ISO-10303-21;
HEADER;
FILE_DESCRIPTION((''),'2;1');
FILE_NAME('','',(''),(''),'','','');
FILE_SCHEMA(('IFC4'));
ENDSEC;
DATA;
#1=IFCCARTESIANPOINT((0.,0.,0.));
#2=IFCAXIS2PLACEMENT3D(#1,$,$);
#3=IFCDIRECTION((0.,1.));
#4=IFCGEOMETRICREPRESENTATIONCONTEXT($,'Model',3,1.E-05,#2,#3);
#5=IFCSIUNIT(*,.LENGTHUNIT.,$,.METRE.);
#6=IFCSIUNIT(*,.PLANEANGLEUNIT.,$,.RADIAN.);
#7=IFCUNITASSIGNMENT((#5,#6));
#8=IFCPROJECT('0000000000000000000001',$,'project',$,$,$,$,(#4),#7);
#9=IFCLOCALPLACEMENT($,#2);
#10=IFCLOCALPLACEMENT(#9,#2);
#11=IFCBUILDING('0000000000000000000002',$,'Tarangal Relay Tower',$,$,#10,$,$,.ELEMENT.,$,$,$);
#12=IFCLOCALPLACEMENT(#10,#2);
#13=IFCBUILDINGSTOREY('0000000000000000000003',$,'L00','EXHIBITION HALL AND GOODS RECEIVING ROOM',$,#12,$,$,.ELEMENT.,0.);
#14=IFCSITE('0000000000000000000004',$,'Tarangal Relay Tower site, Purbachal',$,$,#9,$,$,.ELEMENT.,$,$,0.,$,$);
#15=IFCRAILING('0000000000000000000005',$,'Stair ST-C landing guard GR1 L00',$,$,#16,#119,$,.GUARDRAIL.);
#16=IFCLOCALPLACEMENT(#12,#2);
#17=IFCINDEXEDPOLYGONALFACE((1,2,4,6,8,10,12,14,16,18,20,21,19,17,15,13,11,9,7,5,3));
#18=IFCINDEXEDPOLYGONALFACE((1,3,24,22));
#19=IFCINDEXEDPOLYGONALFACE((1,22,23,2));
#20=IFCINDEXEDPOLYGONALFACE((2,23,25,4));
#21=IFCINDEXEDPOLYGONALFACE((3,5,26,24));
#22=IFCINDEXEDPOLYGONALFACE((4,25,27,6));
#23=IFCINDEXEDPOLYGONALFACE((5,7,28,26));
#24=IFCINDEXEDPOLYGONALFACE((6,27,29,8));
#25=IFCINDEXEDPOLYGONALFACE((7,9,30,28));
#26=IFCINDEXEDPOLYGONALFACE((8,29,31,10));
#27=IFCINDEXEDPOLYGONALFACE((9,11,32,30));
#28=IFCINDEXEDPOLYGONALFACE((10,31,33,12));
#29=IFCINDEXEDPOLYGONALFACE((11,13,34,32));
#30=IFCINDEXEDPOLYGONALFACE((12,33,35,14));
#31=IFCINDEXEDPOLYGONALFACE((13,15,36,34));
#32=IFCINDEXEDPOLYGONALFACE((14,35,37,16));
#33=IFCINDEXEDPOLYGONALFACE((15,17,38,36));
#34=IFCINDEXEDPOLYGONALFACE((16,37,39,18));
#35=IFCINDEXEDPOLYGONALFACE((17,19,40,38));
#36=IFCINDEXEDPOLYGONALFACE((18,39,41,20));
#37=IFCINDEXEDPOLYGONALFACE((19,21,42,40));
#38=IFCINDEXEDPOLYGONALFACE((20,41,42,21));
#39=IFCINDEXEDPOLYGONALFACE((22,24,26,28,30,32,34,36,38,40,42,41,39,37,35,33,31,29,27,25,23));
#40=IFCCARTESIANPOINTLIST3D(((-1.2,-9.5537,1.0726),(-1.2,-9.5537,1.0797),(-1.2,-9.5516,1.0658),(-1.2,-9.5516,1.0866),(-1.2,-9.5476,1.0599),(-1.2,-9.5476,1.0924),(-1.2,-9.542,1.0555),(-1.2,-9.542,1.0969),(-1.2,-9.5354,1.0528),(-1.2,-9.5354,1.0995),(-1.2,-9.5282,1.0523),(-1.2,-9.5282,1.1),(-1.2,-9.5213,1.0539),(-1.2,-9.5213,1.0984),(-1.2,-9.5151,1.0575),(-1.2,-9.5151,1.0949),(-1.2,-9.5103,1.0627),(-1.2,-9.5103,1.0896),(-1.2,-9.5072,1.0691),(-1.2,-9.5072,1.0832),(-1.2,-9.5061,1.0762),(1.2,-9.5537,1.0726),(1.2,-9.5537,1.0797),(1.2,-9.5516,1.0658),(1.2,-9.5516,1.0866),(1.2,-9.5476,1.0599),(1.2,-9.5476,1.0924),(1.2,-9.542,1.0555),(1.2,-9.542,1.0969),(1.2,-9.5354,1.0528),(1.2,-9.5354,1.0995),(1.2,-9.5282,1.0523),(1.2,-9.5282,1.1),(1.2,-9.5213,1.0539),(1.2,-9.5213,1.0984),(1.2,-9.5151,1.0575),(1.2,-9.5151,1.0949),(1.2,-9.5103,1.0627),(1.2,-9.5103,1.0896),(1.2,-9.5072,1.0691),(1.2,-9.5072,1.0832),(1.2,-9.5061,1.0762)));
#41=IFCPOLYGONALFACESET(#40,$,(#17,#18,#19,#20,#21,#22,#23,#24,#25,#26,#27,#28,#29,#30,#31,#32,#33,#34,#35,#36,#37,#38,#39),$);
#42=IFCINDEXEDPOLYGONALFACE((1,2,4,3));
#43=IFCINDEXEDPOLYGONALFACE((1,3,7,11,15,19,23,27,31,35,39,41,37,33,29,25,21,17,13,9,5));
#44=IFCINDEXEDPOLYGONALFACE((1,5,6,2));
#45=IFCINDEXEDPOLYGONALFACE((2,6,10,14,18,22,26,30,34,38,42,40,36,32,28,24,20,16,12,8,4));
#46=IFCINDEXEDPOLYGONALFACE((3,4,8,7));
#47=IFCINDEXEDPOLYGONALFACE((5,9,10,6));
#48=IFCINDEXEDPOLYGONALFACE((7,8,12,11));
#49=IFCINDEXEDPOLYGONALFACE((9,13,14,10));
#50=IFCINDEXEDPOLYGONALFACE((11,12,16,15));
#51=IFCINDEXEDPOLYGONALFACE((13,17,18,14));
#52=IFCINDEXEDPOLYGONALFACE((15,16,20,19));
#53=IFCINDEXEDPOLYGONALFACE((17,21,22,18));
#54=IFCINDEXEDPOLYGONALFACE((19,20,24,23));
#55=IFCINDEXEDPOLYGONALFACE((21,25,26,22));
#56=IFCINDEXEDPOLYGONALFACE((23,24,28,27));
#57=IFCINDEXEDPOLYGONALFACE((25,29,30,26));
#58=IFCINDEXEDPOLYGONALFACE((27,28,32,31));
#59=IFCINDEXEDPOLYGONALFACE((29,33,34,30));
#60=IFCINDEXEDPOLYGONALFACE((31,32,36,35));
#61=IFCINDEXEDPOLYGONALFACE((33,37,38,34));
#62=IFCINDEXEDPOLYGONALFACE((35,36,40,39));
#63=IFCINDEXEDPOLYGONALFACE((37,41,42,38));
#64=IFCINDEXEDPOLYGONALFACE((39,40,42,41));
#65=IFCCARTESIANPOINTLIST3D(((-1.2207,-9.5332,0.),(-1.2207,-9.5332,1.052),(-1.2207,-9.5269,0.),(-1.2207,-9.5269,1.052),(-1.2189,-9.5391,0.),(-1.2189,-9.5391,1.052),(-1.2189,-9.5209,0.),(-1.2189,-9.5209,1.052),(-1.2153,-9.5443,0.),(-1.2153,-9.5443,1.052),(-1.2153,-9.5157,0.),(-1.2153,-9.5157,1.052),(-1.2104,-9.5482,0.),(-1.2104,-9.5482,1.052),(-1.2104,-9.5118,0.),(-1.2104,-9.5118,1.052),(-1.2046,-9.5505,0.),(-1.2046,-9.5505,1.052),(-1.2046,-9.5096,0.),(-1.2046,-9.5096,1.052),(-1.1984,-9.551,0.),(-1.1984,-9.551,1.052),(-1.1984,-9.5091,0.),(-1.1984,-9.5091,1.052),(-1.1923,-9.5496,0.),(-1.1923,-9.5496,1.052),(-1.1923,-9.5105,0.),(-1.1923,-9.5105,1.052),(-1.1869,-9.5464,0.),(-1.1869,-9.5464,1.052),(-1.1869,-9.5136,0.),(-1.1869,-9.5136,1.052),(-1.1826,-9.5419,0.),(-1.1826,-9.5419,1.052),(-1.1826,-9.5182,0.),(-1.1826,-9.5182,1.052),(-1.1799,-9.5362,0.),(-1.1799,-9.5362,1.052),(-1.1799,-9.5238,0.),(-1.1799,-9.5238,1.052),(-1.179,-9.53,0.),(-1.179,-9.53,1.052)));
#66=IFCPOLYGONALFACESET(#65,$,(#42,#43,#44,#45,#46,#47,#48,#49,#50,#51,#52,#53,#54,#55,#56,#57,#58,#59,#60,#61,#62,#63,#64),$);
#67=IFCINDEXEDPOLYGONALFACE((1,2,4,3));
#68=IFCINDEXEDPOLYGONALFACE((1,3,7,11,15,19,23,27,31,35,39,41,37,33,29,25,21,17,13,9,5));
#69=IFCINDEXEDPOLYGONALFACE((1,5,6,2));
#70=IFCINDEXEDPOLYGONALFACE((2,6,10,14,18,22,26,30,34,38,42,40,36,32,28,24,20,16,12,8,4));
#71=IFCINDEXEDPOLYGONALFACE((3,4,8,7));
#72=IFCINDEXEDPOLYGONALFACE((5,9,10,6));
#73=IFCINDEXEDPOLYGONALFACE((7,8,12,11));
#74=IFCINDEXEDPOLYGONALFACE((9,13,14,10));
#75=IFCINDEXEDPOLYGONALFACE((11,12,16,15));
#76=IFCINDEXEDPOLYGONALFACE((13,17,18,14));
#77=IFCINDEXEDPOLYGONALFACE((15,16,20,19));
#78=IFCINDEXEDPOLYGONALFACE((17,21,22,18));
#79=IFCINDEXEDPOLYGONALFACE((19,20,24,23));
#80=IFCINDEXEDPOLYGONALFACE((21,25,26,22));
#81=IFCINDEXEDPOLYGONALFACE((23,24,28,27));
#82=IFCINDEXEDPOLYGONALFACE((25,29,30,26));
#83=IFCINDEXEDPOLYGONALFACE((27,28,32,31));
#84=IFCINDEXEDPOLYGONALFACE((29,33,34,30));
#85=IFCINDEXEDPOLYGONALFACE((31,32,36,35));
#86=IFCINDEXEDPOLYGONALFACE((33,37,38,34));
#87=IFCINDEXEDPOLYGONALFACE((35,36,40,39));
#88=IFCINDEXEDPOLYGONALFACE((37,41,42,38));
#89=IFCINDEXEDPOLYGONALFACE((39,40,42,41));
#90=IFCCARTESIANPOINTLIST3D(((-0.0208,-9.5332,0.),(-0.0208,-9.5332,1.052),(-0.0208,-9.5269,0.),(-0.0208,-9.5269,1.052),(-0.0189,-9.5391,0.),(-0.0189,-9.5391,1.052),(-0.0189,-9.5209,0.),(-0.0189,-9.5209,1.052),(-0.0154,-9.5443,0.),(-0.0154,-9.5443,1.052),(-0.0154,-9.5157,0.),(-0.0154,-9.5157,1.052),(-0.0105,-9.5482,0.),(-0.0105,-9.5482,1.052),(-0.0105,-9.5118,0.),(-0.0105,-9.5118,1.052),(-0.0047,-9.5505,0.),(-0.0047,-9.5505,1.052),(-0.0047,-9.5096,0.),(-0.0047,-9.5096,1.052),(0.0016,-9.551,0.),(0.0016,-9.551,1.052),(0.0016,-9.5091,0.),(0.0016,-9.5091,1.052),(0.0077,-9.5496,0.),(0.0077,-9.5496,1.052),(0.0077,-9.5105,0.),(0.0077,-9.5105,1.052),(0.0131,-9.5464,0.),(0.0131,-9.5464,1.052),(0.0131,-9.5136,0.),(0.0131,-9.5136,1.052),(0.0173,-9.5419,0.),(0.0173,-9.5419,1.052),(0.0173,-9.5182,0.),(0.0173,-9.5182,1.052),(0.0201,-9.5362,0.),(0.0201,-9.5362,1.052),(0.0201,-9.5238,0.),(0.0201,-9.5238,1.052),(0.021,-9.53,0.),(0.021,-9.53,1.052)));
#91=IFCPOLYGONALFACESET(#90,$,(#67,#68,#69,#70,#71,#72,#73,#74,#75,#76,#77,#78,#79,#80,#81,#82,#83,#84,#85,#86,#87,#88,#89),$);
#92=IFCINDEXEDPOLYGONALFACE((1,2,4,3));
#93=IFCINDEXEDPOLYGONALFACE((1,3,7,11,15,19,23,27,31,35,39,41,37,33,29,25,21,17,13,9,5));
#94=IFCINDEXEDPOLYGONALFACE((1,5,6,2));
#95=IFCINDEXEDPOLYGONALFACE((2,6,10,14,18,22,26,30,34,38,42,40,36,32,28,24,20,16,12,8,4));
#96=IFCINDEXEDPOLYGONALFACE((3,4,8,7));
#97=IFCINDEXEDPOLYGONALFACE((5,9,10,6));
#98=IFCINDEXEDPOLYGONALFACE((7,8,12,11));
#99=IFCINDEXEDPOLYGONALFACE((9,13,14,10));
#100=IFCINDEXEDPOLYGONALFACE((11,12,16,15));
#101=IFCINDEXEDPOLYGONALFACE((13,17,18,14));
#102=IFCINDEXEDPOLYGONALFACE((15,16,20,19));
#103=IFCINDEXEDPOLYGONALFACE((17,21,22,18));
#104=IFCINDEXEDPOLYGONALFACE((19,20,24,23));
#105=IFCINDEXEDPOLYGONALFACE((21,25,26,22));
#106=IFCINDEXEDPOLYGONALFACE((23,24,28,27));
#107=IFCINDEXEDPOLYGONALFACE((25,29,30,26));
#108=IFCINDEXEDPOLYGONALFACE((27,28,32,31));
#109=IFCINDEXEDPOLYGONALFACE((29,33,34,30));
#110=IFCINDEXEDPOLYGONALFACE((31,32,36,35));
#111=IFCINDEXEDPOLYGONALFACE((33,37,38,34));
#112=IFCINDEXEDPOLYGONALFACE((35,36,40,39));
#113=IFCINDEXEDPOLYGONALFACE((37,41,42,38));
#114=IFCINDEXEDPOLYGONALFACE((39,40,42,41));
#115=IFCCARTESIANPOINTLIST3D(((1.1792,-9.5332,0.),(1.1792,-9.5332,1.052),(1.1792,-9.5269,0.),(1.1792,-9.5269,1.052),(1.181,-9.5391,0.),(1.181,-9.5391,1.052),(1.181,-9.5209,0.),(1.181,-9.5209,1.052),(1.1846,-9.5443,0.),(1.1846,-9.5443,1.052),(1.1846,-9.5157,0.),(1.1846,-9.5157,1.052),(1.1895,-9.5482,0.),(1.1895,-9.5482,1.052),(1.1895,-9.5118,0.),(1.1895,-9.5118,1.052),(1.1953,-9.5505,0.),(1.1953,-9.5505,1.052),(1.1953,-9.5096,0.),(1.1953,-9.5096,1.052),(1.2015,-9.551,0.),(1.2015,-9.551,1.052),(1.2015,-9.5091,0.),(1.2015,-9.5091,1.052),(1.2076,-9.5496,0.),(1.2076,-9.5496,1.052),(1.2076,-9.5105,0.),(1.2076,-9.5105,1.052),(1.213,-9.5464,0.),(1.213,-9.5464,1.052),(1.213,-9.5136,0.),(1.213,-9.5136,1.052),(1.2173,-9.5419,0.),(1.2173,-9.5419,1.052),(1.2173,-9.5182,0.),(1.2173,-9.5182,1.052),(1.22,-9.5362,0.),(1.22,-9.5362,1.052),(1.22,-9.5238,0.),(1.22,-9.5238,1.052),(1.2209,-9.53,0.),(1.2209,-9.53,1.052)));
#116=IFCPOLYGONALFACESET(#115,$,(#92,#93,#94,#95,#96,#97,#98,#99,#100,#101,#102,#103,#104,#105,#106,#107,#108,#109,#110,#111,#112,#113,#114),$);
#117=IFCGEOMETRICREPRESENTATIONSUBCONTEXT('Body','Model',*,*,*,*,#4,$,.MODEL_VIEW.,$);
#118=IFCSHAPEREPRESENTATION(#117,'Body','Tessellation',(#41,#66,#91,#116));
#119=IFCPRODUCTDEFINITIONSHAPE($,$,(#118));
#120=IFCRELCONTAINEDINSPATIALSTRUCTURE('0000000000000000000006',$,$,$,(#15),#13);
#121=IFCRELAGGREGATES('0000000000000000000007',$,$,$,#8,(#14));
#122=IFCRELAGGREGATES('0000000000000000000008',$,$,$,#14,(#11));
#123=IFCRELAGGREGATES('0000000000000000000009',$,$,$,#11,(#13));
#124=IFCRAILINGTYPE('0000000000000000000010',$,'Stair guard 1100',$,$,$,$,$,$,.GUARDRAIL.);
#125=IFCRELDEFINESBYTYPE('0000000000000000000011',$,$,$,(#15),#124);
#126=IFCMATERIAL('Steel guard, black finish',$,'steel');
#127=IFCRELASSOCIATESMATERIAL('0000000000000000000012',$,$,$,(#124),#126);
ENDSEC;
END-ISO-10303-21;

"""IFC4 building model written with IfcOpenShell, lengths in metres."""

from ifc_helpers import new_model, si_unit, direction, frame, origin, origin_2d, place, context, subcontext, project, spatial, circle, extrude, material, type_object, element, save


model = new_model("IFC4")

# Units and contexts
model_context = context("Model", 3, precision=1e-05, world=origin(), true_north=direction((0.0, 1.0)))
body_context = subcontext(model_context, "Body", "Model", "MODEL_VIEW")
ifc_project = project(units=[si_unit("LENGTHUNIT", "METRE"), si_unit("PLANEANGLEUNIT", "RADIAN")], contexts=[model_context])

# Site, building, storey
site_placement = place(None, origin())
site = spatial("IfcSite", under=ifc_project, at=site_placement, Name="Tarangal Relay Tower site, Purbachal", CompositionType="ELEMENT", RefElevation=0.0)
building_placement = place(site_placement, origin())
building = spatial("IfcBuilding", under=site, at=building_placement, Name="Tarangal Relay Tower", CompositionType="ELEMENT")
storey_placement = place(building_placement, origin())
storey = spatial("IfcBuildingStorey", under=building, at=storey_placement, Name="L00", Description="EXHIBITION HALL AND GOODS RECEIVING ROOM", CompositionType="ELEMENT", Elevation=0.0)

# Railing
ifc_material_1 = material(Name="Steel guard, black finish", Category="steel")
railing_type = type_object("IfcRailingType", Name="Stair guard 1100", PredefinedType="GUARDRAIL", material=ifc_material_1)
railing_placement = place(storey_placement, frame((-1.2, -9.53, 0.0)))
element("IfcRailing", 1, at=railing_placement, inside=storey, type_object=railing_type, Name="Stair ST-C landing guard GR1 L00", PredefinedType="GUARDRAIL", context=body_context, shape_type="SweptSolid", body=[
    extrude(circle(Radius=0.0239, at=origin_2d()), frame((0.0, 0.0, 1.0762), z_axis=(1.0, 0.0, 0.0), x_axis=(0.0, 1.0, 0.0)), (0.0, 0.0, 1.0), 2.3999),
    extrude(circle(Radius=0.021, at=origin_2d()), origin(), (0.0, 0.0, 1.0), 1.052),
    extrude(circle(Radius=0.021, at=origin_2d()), frame((1.2, 0.0, 0.0)), (0.0, 0.0, 1.0), 1.052),
    extrude(circle(Radius=0.021, at=origin_2d()), frame((2.3999, 0.0, 0.0)), (0.0, 0.0, 1.0), 1.052),
])

save(model, "model.ifc")
